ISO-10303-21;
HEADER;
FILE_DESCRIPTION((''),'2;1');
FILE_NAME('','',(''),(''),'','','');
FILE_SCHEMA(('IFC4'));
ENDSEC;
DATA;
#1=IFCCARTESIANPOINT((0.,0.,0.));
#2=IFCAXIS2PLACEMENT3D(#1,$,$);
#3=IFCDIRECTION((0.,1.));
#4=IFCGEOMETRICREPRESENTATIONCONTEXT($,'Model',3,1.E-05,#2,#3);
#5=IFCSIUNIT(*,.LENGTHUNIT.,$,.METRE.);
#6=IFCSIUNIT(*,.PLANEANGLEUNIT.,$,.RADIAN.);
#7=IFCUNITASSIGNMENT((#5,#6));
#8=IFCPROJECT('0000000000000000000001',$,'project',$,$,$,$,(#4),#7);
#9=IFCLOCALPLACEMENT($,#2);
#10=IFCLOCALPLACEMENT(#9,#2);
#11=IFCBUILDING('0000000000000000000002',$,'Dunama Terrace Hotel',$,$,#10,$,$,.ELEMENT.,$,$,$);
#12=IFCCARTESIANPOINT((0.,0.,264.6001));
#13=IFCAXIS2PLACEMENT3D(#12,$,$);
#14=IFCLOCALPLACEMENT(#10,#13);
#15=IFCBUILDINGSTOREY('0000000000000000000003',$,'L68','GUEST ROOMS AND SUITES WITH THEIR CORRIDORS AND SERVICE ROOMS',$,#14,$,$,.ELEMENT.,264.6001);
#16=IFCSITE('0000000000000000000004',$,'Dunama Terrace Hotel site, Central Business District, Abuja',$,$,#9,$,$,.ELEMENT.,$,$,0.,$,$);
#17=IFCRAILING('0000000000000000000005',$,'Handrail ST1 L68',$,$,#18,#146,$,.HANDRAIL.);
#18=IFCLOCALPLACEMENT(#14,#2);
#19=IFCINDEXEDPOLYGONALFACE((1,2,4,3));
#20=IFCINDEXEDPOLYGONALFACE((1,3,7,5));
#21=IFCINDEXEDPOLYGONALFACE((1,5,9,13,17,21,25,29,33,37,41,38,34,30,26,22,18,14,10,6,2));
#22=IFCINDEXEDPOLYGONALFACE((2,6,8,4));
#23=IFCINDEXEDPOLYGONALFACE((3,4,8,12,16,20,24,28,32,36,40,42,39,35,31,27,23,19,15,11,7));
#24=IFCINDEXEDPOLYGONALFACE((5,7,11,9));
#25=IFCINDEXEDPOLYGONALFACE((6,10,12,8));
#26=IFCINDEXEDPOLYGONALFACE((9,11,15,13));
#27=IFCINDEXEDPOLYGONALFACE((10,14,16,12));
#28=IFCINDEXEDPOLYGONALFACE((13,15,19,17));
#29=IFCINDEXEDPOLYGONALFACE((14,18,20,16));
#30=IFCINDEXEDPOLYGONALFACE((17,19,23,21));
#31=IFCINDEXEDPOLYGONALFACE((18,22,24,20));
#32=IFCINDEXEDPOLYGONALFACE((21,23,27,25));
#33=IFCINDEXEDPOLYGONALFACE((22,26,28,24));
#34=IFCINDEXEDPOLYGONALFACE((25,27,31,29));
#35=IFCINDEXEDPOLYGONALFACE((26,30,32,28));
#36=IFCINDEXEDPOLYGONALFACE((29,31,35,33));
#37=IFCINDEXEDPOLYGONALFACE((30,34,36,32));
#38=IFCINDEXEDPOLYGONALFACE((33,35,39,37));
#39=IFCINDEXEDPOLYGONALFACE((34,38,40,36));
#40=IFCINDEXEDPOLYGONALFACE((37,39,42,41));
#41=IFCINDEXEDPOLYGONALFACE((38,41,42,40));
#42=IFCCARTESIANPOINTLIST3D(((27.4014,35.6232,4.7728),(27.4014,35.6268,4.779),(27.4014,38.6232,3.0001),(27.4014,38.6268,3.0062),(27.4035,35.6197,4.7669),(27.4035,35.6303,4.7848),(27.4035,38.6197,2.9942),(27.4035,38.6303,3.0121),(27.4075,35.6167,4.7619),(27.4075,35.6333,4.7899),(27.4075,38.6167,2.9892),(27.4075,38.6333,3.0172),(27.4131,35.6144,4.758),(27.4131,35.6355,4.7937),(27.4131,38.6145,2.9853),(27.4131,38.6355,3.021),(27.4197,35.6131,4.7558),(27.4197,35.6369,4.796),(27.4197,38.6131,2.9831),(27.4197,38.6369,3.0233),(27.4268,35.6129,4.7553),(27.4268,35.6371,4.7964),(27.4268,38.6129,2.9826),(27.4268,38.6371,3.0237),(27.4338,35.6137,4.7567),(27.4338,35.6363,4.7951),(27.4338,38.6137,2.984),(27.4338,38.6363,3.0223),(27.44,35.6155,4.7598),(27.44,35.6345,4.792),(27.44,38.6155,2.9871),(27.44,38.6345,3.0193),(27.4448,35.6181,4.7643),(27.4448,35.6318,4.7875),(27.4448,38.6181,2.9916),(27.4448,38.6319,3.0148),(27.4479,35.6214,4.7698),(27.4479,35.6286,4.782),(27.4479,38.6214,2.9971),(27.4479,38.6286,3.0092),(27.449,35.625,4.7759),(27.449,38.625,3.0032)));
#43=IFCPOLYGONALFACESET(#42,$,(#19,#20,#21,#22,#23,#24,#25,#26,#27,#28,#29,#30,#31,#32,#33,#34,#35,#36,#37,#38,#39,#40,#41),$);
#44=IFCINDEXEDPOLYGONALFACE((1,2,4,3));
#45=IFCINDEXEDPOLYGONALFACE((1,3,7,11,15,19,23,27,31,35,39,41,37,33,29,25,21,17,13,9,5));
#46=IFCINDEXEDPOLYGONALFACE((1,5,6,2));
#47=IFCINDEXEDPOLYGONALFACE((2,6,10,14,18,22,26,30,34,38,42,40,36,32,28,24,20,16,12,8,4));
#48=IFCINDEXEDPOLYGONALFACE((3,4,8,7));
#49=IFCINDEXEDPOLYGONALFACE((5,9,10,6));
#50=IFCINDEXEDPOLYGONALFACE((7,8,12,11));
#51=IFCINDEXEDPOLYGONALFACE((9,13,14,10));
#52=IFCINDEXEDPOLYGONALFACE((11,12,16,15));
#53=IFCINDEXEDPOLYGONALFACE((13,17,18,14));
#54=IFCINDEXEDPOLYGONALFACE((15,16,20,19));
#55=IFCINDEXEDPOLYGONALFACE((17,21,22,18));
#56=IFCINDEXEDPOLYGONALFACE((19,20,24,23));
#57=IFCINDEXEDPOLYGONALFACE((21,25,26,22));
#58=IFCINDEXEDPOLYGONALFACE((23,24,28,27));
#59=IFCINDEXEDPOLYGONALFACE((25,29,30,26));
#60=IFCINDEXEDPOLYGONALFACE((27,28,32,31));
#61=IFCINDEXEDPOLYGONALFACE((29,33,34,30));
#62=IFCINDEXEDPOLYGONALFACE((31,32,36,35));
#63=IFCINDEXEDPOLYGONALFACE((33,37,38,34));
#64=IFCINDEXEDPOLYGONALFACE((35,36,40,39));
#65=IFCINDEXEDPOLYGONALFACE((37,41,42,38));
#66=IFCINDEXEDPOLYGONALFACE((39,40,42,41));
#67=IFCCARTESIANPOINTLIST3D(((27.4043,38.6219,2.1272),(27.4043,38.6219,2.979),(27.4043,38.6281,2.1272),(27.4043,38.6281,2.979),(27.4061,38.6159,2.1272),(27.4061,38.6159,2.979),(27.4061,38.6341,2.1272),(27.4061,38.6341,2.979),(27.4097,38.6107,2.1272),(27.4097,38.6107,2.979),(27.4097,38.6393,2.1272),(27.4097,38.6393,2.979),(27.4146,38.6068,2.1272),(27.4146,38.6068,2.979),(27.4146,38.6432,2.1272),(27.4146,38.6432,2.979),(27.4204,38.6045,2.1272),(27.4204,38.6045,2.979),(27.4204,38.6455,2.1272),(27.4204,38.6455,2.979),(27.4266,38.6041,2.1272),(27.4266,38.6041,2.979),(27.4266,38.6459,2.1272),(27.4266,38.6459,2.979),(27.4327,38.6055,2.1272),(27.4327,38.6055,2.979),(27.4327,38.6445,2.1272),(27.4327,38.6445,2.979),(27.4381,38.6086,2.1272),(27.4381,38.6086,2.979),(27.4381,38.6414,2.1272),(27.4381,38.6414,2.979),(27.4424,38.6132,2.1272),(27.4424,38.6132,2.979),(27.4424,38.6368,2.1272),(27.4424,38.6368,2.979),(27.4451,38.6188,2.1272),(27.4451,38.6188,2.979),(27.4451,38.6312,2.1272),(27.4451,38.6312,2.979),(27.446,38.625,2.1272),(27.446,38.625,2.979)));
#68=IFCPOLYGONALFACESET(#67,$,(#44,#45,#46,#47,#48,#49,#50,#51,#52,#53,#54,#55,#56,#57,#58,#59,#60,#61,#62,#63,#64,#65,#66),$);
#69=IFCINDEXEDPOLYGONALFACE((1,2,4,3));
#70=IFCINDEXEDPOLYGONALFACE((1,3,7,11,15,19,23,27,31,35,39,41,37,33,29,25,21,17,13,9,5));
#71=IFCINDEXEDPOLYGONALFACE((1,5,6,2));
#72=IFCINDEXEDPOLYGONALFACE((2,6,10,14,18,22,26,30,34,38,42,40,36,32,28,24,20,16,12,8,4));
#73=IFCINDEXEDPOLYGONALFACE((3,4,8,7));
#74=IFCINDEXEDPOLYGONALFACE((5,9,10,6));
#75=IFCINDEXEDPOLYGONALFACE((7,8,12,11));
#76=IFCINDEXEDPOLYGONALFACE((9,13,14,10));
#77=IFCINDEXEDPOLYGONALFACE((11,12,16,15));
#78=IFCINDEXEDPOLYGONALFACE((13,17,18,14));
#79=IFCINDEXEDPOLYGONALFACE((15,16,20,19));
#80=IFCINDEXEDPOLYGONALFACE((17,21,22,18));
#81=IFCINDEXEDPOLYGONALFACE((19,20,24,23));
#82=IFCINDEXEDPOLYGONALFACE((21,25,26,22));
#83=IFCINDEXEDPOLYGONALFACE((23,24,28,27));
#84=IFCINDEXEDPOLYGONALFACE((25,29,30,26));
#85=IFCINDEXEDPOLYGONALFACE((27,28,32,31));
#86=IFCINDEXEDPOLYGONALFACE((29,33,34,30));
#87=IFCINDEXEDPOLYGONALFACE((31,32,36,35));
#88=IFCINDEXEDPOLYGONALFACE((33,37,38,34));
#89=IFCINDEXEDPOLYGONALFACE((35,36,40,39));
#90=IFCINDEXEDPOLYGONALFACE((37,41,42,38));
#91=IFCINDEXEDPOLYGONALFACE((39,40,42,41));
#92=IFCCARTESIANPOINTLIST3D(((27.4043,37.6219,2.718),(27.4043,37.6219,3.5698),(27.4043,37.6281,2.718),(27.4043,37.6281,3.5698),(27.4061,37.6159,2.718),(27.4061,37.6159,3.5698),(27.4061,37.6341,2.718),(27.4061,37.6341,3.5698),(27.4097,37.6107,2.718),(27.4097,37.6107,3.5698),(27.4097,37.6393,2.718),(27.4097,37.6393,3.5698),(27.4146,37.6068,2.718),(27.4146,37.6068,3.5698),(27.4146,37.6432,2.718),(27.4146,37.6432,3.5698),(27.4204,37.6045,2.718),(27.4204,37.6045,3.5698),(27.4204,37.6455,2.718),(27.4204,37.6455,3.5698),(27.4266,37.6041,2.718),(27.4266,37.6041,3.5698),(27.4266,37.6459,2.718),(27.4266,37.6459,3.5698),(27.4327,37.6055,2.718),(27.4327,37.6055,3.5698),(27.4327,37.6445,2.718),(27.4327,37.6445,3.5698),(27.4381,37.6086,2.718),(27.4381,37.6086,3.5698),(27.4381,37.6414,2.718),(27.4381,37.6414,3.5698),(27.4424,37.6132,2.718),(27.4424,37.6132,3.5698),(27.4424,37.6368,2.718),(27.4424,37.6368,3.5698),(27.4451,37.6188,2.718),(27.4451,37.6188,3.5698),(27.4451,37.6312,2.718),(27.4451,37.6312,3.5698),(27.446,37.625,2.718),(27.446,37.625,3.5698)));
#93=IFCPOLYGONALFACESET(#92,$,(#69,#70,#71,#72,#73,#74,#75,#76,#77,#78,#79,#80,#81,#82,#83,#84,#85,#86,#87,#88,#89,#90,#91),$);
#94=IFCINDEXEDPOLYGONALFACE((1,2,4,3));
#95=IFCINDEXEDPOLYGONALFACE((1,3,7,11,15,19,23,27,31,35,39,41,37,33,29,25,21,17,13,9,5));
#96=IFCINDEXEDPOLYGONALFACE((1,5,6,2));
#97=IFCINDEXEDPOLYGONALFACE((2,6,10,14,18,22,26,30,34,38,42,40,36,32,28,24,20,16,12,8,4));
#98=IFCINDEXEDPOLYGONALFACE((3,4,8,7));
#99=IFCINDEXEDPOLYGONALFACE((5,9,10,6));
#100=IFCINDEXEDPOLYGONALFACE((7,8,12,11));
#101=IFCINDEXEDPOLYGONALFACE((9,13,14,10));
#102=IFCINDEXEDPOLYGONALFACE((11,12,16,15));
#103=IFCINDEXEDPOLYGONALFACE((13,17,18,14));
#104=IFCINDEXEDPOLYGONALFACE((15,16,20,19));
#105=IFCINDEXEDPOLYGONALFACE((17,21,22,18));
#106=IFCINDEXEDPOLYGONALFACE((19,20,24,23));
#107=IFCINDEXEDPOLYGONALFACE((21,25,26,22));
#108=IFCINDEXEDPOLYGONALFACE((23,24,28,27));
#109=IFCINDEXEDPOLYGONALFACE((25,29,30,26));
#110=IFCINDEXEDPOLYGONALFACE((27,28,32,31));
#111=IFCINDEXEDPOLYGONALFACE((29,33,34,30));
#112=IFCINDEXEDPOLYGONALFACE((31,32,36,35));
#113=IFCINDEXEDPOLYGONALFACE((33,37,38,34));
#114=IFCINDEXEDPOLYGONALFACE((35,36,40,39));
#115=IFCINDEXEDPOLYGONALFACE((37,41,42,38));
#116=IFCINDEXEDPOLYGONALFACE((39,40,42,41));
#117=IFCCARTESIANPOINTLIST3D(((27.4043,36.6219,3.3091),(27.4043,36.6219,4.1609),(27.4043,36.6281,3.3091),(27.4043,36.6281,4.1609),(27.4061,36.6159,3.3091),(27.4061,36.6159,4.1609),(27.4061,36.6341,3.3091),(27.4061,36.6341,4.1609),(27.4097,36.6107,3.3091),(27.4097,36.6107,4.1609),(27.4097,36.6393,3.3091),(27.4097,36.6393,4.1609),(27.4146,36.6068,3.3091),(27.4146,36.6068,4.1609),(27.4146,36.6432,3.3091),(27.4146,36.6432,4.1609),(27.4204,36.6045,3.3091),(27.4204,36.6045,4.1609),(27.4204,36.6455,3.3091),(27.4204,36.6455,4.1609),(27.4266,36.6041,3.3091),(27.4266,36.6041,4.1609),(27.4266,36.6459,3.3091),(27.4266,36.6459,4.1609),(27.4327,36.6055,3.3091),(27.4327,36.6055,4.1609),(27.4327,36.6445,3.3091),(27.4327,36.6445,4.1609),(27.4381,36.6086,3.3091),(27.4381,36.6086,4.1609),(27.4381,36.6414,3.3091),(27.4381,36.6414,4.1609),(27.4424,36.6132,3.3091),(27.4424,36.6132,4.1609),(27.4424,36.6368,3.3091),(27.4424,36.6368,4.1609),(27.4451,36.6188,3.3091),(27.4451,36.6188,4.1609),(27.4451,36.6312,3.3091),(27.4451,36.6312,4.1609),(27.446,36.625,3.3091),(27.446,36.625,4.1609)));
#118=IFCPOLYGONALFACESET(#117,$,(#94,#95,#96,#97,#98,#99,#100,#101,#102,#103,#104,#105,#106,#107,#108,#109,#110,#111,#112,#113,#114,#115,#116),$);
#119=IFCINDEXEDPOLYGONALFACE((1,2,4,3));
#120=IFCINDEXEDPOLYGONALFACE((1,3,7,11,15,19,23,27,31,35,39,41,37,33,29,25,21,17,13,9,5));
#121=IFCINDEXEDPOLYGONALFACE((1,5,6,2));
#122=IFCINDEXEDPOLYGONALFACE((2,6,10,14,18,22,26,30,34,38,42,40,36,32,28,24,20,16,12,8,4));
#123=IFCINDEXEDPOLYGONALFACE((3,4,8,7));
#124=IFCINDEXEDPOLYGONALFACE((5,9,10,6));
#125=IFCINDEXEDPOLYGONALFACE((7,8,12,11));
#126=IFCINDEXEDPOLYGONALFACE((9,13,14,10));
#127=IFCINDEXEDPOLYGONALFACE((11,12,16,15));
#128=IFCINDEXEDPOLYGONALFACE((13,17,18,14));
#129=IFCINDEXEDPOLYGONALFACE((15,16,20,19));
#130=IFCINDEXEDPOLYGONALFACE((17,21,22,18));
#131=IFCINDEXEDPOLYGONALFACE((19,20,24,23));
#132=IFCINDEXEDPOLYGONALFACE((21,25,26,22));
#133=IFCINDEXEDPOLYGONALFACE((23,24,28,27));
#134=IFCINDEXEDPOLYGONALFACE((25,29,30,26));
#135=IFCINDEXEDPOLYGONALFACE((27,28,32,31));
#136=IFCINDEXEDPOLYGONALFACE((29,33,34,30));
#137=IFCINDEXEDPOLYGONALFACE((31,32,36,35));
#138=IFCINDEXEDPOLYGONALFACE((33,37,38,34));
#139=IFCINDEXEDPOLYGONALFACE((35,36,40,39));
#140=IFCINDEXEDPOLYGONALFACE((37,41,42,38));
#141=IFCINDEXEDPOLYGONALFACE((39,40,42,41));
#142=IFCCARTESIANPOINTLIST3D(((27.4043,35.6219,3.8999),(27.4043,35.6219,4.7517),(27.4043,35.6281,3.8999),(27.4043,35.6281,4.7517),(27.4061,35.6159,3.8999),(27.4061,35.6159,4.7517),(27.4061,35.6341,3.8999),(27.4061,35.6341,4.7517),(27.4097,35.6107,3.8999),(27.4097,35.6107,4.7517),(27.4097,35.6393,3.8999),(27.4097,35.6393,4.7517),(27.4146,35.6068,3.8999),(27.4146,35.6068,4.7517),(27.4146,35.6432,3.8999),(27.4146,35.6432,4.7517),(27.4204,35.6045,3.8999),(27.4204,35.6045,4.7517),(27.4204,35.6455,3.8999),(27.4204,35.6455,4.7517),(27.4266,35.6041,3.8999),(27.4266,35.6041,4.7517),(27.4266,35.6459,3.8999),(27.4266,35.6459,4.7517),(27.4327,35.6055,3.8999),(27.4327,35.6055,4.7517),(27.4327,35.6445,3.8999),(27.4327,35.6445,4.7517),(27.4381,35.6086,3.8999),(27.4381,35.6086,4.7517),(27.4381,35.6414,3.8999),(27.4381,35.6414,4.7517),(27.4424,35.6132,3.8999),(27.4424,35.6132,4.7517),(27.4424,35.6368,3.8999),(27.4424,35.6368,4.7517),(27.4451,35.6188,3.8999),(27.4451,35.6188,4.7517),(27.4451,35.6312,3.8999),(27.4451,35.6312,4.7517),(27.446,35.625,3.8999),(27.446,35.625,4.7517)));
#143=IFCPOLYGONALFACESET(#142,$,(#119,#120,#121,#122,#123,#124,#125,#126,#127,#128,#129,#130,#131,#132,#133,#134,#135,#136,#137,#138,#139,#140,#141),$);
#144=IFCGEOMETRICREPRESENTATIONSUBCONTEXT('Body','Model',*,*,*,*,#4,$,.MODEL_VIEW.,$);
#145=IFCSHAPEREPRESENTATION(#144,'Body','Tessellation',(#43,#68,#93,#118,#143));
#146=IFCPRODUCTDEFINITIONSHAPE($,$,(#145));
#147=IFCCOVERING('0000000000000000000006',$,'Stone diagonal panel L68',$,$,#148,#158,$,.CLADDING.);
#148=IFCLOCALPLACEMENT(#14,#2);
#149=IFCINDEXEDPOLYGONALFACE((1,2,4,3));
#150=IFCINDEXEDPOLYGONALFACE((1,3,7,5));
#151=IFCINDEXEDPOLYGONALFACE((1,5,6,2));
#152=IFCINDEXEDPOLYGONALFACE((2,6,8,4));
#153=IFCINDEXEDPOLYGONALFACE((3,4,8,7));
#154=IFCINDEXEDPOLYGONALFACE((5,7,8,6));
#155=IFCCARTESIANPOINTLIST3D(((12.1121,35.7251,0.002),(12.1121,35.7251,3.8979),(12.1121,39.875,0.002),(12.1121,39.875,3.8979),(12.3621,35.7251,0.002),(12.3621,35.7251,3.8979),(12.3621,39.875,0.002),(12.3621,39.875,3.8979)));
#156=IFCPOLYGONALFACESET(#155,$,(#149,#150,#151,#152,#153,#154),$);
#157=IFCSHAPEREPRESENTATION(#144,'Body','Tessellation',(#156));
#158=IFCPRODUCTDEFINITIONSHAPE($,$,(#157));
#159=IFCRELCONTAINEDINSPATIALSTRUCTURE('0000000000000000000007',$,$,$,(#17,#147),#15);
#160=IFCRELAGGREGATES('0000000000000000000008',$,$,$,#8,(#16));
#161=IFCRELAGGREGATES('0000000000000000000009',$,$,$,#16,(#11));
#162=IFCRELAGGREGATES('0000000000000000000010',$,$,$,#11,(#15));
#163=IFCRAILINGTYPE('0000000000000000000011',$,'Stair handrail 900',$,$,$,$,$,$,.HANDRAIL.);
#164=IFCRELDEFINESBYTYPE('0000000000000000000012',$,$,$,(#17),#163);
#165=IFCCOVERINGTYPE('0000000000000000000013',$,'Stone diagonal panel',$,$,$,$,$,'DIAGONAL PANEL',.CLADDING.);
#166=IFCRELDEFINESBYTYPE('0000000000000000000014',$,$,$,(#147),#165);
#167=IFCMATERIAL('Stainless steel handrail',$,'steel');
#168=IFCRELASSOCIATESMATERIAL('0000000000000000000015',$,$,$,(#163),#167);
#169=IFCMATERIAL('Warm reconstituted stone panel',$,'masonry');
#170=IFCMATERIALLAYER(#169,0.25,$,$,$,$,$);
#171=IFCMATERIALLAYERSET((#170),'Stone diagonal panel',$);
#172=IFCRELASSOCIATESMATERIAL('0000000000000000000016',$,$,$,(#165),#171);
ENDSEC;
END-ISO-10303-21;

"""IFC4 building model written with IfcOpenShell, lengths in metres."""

from ifc_helpers import new_model, si_unit, direction, frame, origin, origin_2d, place, context, subcontext, project, spatial, rectangle, circle, extrude, material, layer, layer_set, type_object, element, save


model = new_model("IFC4")

# Units and contexts
model_context = context("Model", 3, precision=1e-05, world=origin(), true_north=direction((0.0, 1.0)))
body_context = subcontext(model_context, "Body", "Model", "MODEL_VIEW")
ifc_project = project(units=[si_unit("LENGTHUNIT", "METRE"), si_unit("PLANEANGLEUNIT", "RADIAN")], contexts=[model_context])

# Site, building, storey
site_placement = place(None, origin())
site = spatial("IfcSite", under=ifc_project, at=site_placement, Name="Dunama Terrace Hotel site, Central Business District, Abuja", CompositionType="ELEMENT", RefElevation=0.0)
building_placement = place(site_placement, origin())
building = spatial("IfcBuilding", under=site, at=building_placement, Name="Dunama Terrace Hotel", CompositionType="ELEMENT")
storey_placement = place(building_placement, frame((0.0, 0.0, 264.6001)))
storey = spatial("IfcBuildingStorey", under=building, at=storey_placement, Name="L68", Description="GUEST ROOMS AND SUITES WITH THEIR CORRIDORS AND SERVICE ROOMS", CompositionType="ELEMENT", Elevation=264.6001)

# Railing
ifc_material_1 = material(Name="Stainless steel handrail", Category="steel")
railing_type = type_object("IfcRailingType", Name="Stair handrail 900", PredefinedType="HANDRAIL", material=ifc_material_1)
railing_placement = place(storey_placement, frame((27.425, 38.625, 2.1272)))
element("IfcRailing", 1, at=railing_placement, inside=storey, type_object=railing_type, Name="Handrail ST1 L68", PredefinedType="HANDRAIL", context=body_context, shape_type="SweptSolid", body=[
    extrude(circle(Radius=0.0239, at=origin_2d()), frame((0.0, 0.0, 0.876), z_axis=(0.0, -0.860929, 0.508725), x_axis=(1.0, 0.0, 0.0)), (0.0, 0.0, 1.0), 3.4846),
    extrude(circle(Radius=0.021, at=origin_2d()), origin(), (0.0, 0.0, 1.0), 0.8518),
    extrude(circle(Radius=0.021, at=origin_2d()), frame((0.0, -1.0, 0.5908)), (0.0, 0.0, 1.0), 0.8518),
    extrude(circle(Radius=0.021, at=origin_2d()), frame((0.0, -2.0, 1.1819)), (0.0, 0.0, 1.0), 0.8518),
    extrude(circle(Radius=0.021, at=origin_2d()), frame((0.0, -3.0, 1.7727)), (0.0, 0.0, 1.0), 0.8518),
])

# Covering
ifc_material_2 = material(Name="Warm reconstituted stone panel", Category="masonry")
ifc_layer_1 = layer(ifc_material_2, 0.25)
ifc_layer_set_1 = layer_set([ifc_layer_1], Name="Stone diagonal panel")
covering_type = type_object("IfcCoveringType", Name="Stone diagonal panel", ElementType="DIAGONAL PANEL", PredefinedType="CLADDING", material=ifc_layer_set_1)
covering_placement = place(storey_placement, frame((12.2371, 37.8, 0.002), z_axis=(0.0, 0.0, 1.0), x_axis=(0.0, -1.0, 0.0)))
element("IfcCovering", 2, at=covering_placement, inside=storey, type_object=covering_type, Name="Stone diagonal panel L68", PredefinedType="CLADDING", context=body_context, shape_type="SweptSolid", body=[
    extrude(rectangle(XDim=4.1499, YDim=0.25, at=origin_2d()), origin(), (0.0, 0.0, 1.0), 3.896),
])

save(model, "model.ifc")
